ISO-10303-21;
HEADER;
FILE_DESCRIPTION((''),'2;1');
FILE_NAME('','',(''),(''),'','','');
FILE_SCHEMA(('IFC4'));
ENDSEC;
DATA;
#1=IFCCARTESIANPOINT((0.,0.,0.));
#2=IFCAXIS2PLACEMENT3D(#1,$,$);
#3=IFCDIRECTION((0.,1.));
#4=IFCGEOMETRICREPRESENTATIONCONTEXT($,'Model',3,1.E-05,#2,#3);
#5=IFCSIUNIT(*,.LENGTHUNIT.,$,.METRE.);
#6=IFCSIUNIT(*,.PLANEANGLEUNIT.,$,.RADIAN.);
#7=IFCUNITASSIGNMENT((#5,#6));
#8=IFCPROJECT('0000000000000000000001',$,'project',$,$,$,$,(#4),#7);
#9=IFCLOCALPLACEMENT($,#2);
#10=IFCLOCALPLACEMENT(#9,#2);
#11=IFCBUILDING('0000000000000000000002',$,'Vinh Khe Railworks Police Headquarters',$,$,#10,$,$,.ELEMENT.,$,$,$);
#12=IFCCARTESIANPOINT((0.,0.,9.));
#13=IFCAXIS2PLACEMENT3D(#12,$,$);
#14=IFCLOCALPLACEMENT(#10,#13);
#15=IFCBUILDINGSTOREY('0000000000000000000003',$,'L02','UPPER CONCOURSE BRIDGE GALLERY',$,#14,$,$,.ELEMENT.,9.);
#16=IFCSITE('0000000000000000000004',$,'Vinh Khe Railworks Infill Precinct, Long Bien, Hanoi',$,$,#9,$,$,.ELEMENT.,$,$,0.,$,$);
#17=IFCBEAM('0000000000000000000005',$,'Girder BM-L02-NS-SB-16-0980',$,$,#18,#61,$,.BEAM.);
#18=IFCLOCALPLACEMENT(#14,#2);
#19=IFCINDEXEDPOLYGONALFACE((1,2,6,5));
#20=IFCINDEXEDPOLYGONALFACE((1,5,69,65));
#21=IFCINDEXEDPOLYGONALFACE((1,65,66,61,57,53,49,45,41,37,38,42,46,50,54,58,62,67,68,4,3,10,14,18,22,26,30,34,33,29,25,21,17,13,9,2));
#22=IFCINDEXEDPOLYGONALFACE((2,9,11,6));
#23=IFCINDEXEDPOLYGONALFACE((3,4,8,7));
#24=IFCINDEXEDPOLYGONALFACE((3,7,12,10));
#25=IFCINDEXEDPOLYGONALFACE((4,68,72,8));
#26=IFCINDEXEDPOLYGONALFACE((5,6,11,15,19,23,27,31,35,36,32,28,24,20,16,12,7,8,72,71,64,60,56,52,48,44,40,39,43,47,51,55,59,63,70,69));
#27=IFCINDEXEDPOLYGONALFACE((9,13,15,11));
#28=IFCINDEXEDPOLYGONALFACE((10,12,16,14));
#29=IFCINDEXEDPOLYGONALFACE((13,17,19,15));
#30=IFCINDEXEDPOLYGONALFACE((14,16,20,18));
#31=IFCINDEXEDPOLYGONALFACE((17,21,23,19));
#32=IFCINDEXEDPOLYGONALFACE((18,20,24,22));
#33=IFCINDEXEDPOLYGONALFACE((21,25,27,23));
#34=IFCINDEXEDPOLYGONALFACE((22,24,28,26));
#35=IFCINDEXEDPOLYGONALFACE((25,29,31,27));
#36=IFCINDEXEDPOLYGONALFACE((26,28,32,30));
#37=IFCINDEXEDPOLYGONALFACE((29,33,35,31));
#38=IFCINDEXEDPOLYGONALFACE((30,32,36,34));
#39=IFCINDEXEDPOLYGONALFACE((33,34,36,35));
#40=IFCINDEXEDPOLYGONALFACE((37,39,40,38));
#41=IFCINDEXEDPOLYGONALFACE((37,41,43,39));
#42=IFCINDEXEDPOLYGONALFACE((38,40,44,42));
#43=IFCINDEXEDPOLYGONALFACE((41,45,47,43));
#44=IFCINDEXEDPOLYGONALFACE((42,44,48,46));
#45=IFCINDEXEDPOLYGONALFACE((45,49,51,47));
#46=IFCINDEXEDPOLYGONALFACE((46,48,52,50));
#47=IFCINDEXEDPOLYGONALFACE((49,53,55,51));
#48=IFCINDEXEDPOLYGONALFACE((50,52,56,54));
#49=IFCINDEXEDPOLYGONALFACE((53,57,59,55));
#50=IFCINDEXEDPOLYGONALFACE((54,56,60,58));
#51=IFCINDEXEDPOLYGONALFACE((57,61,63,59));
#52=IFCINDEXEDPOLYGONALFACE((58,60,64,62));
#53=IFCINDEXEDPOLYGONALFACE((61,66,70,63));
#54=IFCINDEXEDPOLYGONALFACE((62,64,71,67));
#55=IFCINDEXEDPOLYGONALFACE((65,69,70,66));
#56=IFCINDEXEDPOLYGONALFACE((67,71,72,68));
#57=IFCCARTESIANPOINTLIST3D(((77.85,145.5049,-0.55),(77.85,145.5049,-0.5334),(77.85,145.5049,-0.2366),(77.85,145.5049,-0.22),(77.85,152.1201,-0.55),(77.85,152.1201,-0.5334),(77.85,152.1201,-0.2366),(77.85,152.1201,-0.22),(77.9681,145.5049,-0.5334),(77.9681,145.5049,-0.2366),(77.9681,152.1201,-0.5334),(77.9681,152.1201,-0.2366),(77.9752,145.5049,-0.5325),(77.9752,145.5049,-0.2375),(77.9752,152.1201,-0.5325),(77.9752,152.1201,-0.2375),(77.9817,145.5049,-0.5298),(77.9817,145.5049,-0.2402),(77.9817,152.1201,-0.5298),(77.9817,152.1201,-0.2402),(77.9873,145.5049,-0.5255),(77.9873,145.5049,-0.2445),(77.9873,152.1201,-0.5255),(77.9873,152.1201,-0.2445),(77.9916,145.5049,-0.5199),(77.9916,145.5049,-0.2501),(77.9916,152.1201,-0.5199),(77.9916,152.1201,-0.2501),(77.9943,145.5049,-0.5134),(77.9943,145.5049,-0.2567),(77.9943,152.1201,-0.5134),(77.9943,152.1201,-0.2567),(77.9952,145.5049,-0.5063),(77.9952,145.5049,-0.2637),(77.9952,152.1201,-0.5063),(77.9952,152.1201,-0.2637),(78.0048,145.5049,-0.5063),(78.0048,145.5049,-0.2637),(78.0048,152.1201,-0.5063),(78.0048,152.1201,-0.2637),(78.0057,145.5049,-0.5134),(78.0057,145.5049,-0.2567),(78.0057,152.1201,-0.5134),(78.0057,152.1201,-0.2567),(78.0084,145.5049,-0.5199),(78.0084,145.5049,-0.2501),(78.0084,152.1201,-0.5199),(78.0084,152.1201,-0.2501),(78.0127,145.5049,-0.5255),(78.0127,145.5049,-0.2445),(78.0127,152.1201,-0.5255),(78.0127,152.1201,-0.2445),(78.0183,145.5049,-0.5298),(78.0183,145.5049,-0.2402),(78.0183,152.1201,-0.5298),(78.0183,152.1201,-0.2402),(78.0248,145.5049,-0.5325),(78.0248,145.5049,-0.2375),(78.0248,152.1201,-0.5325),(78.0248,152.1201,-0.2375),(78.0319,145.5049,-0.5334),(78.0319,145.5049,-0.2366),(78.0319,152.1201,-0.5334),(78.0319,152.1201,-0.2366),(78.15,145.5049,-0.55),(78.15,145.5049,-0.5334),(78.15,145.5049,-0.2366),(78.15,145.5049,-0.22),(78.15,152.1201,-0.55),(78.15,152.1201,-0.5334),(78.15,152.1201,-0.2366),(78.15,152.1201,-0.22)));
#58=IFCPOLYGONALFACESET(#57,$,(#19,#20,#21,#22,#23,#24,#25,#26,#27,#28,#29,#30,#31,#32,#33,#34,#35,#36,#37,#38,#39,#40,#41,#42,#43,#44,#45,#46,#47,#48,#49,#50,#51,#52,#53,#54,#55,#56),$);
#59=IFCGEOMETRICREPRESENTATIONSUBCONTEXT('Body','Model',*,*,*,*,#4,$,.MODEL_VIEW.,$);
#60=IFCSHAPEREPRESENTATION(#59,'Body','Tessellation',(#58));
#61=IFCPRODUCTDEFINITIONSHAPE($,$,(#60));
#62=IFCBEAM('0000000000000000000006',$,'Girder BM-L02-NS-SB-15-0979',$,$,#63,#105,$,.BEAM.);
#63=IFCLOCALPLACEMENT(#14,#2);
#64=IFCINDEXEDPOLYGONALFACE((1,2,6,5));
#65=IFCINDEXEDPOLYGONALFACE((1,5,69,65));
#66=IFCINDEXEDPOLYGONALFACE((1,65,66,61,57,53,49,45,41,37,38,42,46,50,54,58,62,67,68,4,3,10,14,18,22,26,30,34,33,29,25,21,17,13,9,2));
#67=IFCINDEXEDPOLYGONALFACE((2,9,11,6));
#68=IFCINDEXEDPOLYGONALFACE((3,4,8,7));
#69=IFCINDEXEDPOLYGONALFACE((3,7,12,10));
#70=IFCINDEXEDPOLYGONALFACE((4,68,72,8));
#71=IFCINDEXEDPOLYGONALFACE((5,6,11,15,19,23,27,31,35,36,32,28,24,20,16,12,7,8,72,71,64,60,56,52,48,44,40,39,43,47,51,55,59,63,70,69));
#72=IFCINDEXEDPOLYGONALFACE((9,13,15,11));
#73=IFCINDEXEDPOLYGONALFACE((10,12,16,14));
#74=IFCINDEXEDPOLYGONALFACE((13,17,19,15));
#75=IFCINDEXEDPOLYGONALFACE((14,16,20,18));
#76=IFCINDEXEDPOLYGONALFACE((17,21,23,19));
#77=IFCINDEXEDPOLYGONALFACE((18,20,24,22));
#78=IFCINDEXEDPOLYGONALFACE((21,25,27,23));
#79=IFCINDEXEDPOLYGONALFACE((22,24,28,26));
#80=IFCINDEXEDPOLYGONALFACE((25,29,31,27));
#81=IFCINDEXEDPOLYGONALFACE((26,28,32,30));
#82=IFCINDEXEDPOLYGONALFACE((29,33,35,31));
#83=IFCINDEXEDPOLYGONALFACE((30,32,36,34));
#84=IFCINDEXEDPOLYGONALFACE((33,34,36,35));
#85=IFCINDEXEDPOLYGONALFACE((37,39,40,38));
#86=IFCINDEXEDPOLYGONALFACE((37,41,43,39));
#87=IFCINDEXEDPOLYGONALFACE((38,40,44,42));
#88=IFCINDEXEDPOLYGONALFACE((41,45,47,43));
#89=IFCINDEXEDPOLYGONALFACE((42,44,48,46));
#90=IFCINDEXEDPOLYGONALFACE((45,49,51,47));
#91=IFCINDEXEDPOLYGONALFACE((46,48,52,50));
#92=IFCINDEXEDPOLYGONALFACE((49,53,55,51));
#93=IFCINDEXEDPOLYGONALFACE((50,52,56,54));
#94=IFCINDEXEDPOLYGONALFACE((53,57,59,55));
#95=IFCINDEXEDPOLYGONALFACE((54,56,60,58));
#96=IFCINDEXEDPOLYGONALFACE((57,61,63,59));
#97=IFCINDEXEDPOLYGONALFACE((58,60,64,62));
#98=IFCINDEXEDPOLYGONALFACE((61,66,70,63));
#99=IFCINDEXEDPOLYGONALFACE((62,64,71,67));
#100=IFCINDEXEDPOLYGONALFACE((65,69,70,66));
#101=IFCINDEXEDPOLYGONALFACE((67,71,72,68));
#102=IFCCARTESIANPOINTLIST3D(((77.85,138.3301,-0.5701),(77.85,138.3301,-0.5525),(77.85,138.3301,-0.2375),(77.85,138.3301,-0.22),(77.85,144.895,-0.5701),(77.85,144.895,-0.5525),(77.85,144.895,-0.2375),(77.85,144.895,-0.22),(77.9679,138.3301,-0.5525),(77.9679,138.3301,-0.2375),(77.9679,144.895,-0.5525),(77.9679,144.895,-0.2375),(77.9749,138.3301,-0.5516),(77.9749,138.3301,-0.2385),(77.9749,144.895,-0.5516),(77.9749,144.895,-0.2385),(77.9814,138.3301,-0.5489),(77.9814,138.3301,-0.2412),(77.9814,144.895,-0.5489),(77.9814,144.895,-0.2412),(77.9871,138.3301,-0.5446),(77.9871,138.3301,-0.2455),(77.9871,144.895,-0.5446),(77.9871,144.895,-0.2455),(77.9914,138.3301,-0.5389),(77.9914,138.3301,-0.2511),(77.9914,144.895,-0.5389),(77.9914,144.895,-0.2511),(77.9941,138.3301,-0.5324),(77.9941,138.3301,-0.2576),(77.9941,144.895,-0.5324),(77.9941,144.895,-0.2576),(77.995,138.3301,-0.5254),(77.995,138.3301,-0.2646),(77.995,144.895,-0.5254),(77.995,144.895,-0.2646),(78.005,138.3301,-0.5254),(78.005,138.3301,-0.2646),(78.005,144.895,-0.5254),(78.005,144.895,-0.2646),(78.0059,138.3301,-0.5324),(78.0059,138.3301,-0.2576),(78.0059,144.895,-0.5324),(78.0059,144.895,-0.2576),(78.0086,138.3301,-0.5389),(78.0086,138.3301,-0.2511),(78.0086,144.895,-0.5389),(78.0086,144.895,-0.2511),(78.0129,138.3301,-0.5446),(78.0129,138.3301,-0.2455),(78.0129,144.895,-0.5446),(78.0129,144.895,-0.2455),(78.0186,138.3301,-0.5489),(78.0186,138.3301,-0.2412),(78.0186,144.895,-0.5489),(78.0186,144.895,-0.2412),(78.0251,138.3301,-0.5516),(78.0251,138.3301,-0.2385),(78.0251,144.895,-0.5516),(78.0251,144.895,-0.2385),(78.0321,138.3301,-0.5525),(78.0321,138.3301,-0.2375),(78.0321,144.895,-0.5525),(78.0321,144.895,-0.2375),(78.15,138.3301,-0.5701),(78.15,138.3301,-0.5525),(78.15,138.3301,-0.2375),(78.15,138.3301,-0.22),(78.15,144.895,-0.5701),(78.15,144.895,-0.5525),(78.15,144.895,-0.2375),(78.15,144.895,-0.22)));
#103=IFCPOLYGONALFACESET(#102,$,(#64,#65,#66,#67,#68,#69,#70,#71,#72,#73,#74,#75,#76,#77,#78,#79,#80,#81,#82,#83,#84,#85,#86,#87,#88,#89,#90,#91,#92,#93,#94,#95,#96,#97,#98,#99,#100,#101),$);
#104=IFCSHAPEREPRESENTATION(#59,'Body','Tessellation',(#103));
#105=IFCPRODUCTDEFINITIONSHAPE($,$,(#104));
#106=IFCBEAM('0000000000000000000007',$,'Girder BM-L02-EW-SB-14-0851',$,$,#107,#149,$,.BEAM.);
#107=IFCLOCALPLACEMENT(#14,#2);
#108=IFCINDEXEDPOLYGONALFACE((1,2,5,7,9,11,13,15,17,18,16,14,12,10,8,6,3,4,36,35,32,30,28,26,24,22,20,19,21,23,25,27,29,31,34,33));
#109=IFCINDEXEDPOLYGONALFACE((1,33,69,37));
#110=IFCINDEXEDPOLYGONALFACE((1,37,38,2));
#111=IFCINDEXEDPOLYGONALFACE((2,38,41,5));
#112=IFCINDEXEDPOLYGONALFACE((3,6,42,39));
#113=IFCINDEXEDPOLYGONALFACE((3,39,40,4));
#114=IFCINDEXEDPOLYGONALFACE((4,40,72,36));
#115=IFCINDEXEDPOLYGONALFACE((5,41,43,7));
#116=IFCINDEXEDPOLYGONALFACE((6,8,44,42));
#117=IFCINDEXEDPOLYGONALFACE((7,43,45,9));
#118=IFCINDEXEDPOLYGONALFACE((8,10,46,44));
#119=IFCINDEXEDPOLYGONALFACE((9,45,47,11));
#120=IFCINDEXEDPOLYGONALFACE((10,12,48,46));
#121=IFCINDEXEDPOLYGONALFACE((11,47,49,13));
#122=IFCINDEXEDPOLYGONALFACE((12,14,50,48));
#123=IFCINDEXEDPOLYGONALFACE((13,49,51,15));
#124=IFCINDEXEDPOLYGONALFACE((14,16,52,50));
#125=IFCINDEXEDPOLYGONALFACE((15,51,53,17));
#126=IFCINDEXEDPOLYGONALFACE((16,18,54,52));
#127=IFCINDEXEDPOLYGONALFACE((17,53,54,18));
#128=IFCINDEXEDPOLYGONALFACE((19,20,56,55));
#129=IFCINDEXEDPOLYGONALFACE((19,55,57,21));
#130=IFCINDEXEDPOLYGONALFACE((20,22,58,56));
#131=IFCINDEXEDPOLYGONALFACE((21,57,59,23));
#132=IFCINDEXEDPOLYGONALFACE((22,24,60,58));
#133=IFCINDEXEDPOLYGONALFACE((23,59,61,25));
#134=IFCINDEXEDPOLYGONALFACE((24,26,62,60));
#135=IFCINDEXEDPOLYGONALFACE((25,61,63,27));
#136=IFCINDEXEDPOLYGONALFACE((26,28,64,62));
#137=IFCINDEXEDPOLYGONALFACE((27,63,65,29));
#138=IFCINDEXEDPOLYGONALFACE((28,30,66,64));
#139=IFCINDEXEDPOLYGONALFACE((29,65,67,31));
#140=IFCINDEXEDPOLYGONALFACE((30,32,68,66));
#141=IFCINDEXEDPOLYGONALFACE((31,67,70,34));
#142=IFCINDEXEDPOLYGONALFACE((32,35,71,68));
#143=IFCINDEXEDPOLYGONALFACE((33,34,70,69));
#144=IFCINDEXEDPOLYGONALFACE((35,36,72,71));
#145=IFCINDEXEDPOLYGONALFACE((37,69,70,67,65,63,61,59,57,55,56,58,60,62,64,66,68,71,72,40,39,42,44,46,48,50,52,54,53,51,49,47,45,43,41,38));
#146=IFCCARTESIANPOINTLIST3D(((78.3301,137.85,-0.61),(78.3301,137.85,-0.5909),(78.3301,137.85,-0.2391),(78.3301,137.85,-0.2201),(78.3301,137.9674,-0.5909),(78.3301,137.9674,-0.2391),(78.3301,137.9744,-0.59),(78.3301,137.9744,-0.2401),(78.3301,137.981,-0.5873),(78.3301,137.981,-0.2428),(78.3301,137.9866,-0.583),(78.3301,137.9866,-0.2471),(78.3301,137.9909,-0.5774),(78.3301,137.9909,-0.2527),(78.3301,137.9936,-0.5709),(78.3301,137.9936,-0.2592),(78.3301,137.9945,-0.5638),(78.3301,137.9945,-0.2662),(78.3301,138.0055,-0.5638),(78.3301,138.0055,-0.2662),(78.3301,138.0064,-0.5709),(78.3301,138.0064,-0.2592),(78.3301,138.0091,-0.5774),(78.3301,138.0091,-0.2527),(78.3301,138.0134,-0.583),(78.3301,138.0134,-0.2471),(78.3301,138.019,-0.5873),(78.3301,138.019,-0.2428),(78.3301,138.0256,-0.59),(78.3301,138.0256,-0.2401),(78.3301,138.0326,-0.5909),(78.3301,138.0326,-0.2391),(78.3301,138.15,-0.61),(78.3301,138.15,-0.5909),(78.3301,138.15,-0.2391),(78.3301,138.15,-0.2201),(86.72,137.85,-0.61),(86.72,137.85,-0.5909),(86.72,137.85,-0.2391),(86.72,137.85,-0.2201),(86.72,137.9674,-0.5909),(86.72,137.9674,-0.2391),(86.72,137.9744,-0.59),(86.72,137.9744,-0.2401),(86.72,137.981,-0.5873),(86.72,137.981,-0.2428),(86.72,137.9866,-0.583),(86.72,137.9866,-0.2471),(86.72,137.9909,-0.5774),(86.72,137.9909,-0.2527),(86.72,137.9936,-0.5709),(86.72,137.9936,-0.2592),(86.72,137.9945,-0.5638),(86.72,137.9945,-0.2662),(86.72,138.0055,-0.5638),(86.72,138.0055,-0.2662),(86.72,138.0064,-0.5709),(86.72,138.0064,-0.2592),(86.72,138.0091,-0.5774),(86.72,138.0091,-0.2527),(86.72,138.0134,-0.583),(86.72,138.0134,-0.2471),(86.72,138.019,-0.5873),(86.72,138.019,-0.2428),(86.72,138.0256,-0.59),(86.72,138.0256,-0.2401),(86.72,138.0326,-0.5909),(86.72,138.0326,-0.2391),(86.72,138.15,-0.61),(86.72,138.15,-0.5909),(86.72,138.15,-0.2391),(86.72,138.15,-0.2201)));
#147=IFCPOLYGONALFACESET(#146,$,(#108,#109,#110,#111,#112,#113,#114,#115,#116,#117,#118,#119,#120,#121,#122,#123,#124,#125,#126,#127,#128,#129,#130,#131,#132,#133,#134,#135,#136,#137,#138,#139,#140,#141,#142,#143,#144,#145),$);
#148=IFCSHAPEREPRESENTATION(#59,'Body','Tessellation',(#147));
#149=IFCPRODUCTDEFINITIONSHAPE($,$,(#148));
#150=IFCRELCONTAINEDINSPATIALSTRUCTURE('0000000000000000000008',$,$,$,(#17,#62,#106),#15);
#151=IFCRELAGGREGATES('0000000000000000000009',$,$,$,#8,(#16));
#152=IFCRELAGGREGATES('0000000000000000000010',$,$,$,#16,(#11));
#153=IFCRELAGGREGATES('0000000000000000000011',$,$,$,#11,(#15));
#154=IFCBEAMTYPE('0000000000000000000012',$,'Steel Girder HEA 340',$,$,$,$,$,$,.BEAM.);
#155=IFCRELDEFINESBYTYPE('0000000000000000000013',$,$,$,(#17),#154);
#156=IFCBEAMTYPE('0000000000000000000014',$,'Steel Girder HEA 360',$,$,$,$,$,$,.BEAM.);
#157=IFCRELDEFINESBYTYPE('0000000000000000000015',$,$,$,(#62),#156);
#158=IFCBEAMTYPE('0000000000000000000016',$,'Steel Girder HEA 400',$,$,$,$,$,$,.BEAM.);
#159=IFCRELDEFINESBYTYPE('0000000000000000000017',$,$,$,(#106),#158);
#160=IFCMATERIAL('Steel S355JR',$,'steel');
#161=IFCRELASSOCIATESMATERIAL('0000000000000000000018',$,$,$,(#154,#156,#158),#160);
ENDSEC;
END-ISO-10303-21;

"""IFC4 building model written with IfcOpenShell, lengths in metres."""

from ifc_helpers import new_model, si_unit, direction, frame, origin, origin_2d, place, context, subcontext, project, spatial, i_section, extrude, material, material_profile, profile_set, type_object, element, save


model = new_model("IFC4")

# Units and contexts
model_context = context("Model", 3, precision=1e-05, world=origin(), true_north=direction((0.0, 1.0)))
body_context = subcontext(model_context, "Body", "Model", "MODEL_VIEW")
ifc_project = project(units=[si_unit("LENGTHUNIT", "METRE"), si_unit("PLANEANGLEUNIT", "RADIAN")], contexts=[model_context])

# Site, building, storey
site_placement = place(None, origin())
site = spatial("IfcSite", under=ifc_project, at=site_placement, Name="Vinh Khe Railworks Infill Precinct, Long Bien, Hanoi", CompositionType="ELEMENT", RefElevation=0.0)
building_placement = place(site_placement, origin())
building = spatial("IfcBuilding", under=site, at=building_placement, Name="Vinh Khe Railworks Police Headquarters", CompositionType="ELEMENT")
storey_placement = place(building_placement, frame((0.0, 0.0, 9.0)))
storey = spatial("IfcBuildingStorey", under=building, at=storey_placement, Name="L02", Description="UPPER CONCOURSE BRIDGE GALLERY", CompositionType="ELEMENT", Elevation=9.0)

# Shared definitions
ifc_material_1 = material(Name="Steel S355JR", Category="steel")

# Beams
ifc_material_profile_1 = material_profile(ifc_material_1, i_section(OverallWidth=0.3, OverallDepth=0.3301, WebThickness=0.0095, FlangeThickness=0.0166, FilletRadius=0.0271, at=origin_2d()), Name="HEA 340")
ifc_profile_set_1 = profile_set([ifc_material_profile_1], Name="Steel S355JR")
beam_type_1 = type_object("IfcBeamType", Name="Steel Girder HEA 340", PredefinedType="BEAM", material=ifc_profile_set_1)
beam_1_placement = place(storey_placement, frame((78.0, 145.5049, -0.385), z_axis=(0.0, 1.0, 0.0), x_axis=(-1.0, 0.0, 0.0)))
element("IfcBeam", 1, at=beam_1_placement, inside=storey, type_object=beam_type_1, Name="Girder BM-L02-NS-SB-16-0980", PredefinedType="BEAM", context=body_context, shape_type="SweptSolid", body=[
    extrude(i_section(OverallWidth=0.3, OverallDepth=0.3301, WebThickness=0.0095, FlangeThickness=0.0166, FilletRadius=0.0271, at=origin_2d()), origin(), (0.0, 0.0, 1.0), 6.6152),
])
ifc_material_profile_2 = material_profile(ifc_material_1, i_section(OverallWidth=0.3, OverallDepth=0.3501, WebThickness=0.01, FlangeThickness=0.0176, FilletRadius=0.0271, at=origin_2d()), Name="HEA 360")
ifc_profile_set_2 = profile_set([ifc_material_profile_2], Name="Steel S355JR")
beam_type_2 = type_object("IfcBeamType", Name="Steel Girder HEA 360", PredefinedType="BEAM", material=ifc_profile_set_2)
beam_2_placement = place(storey_placement, frame((78.0, 138.3301, -0.395), z_axis=(0.0, 1.0, 0.0), x_axis=(-1.0, 0.0, 0.0)))
element("IfcBeam", 2, at=beam_2_placement, inside=storey, type_object=beam_type_2, Name="Girder BM-L02-NS-SB-15-0979", PredefinedType="BEAM", context=body_context, shape_type="SweptSolid", body=[
    extrude(i_section(OverallWidth=0.3, OverallDepth=0.3501, WebThickness=0.01, FlangeThickness=0.0176, FilletRadius=0.0271, at=origin_2d()), origin(), (0.0, 0.0, 1.0), 6.5649),
])
ifc_material_profile_3 = material_profile(ifc_material_1, i_section(OverallWidth=0.3, OverallDepth=0.3899, WebThickness=0.011, FlangeThickness=0.019, FilletRadius=0.0271, at=origin_2d()), Name="HEA 400")
ifc_profile_set_3 = profile_set([ifc_material_profile_3], Name="Steel S355JR")
beam_type_3 = type_object("IfcBeamType", Name="Steel Girder HEA 400", PredefinedType="BEAM", material=ifc_profile_set_3)
beam_3_placement = place(storey_placement, frame((78.3301, 138.0, -0.415), z_axis=(1.0, 0.0, 0.0), x_axis=(0.0, 1.0, 0.0)))
element("IfcBeam", 3, at=beam_3_placement, inside=storey, type_object=beam_type_3, Name="Girder BM-L02-EW-SB-14-0851", PredefinedType="BEAM", context=body_context, shape_type="SweptSolid", body=[
    extrude(i_section(OverallWidth=0.3, OverallDepth=0.3899, WebThickness=0.011, FlangeThickness=0.019, FilletRadius=0.0271, at=origin_2d()), origin(), (0.0, 0.0, 1.0), 8.3899),
])

save(model, "model.ifc")
